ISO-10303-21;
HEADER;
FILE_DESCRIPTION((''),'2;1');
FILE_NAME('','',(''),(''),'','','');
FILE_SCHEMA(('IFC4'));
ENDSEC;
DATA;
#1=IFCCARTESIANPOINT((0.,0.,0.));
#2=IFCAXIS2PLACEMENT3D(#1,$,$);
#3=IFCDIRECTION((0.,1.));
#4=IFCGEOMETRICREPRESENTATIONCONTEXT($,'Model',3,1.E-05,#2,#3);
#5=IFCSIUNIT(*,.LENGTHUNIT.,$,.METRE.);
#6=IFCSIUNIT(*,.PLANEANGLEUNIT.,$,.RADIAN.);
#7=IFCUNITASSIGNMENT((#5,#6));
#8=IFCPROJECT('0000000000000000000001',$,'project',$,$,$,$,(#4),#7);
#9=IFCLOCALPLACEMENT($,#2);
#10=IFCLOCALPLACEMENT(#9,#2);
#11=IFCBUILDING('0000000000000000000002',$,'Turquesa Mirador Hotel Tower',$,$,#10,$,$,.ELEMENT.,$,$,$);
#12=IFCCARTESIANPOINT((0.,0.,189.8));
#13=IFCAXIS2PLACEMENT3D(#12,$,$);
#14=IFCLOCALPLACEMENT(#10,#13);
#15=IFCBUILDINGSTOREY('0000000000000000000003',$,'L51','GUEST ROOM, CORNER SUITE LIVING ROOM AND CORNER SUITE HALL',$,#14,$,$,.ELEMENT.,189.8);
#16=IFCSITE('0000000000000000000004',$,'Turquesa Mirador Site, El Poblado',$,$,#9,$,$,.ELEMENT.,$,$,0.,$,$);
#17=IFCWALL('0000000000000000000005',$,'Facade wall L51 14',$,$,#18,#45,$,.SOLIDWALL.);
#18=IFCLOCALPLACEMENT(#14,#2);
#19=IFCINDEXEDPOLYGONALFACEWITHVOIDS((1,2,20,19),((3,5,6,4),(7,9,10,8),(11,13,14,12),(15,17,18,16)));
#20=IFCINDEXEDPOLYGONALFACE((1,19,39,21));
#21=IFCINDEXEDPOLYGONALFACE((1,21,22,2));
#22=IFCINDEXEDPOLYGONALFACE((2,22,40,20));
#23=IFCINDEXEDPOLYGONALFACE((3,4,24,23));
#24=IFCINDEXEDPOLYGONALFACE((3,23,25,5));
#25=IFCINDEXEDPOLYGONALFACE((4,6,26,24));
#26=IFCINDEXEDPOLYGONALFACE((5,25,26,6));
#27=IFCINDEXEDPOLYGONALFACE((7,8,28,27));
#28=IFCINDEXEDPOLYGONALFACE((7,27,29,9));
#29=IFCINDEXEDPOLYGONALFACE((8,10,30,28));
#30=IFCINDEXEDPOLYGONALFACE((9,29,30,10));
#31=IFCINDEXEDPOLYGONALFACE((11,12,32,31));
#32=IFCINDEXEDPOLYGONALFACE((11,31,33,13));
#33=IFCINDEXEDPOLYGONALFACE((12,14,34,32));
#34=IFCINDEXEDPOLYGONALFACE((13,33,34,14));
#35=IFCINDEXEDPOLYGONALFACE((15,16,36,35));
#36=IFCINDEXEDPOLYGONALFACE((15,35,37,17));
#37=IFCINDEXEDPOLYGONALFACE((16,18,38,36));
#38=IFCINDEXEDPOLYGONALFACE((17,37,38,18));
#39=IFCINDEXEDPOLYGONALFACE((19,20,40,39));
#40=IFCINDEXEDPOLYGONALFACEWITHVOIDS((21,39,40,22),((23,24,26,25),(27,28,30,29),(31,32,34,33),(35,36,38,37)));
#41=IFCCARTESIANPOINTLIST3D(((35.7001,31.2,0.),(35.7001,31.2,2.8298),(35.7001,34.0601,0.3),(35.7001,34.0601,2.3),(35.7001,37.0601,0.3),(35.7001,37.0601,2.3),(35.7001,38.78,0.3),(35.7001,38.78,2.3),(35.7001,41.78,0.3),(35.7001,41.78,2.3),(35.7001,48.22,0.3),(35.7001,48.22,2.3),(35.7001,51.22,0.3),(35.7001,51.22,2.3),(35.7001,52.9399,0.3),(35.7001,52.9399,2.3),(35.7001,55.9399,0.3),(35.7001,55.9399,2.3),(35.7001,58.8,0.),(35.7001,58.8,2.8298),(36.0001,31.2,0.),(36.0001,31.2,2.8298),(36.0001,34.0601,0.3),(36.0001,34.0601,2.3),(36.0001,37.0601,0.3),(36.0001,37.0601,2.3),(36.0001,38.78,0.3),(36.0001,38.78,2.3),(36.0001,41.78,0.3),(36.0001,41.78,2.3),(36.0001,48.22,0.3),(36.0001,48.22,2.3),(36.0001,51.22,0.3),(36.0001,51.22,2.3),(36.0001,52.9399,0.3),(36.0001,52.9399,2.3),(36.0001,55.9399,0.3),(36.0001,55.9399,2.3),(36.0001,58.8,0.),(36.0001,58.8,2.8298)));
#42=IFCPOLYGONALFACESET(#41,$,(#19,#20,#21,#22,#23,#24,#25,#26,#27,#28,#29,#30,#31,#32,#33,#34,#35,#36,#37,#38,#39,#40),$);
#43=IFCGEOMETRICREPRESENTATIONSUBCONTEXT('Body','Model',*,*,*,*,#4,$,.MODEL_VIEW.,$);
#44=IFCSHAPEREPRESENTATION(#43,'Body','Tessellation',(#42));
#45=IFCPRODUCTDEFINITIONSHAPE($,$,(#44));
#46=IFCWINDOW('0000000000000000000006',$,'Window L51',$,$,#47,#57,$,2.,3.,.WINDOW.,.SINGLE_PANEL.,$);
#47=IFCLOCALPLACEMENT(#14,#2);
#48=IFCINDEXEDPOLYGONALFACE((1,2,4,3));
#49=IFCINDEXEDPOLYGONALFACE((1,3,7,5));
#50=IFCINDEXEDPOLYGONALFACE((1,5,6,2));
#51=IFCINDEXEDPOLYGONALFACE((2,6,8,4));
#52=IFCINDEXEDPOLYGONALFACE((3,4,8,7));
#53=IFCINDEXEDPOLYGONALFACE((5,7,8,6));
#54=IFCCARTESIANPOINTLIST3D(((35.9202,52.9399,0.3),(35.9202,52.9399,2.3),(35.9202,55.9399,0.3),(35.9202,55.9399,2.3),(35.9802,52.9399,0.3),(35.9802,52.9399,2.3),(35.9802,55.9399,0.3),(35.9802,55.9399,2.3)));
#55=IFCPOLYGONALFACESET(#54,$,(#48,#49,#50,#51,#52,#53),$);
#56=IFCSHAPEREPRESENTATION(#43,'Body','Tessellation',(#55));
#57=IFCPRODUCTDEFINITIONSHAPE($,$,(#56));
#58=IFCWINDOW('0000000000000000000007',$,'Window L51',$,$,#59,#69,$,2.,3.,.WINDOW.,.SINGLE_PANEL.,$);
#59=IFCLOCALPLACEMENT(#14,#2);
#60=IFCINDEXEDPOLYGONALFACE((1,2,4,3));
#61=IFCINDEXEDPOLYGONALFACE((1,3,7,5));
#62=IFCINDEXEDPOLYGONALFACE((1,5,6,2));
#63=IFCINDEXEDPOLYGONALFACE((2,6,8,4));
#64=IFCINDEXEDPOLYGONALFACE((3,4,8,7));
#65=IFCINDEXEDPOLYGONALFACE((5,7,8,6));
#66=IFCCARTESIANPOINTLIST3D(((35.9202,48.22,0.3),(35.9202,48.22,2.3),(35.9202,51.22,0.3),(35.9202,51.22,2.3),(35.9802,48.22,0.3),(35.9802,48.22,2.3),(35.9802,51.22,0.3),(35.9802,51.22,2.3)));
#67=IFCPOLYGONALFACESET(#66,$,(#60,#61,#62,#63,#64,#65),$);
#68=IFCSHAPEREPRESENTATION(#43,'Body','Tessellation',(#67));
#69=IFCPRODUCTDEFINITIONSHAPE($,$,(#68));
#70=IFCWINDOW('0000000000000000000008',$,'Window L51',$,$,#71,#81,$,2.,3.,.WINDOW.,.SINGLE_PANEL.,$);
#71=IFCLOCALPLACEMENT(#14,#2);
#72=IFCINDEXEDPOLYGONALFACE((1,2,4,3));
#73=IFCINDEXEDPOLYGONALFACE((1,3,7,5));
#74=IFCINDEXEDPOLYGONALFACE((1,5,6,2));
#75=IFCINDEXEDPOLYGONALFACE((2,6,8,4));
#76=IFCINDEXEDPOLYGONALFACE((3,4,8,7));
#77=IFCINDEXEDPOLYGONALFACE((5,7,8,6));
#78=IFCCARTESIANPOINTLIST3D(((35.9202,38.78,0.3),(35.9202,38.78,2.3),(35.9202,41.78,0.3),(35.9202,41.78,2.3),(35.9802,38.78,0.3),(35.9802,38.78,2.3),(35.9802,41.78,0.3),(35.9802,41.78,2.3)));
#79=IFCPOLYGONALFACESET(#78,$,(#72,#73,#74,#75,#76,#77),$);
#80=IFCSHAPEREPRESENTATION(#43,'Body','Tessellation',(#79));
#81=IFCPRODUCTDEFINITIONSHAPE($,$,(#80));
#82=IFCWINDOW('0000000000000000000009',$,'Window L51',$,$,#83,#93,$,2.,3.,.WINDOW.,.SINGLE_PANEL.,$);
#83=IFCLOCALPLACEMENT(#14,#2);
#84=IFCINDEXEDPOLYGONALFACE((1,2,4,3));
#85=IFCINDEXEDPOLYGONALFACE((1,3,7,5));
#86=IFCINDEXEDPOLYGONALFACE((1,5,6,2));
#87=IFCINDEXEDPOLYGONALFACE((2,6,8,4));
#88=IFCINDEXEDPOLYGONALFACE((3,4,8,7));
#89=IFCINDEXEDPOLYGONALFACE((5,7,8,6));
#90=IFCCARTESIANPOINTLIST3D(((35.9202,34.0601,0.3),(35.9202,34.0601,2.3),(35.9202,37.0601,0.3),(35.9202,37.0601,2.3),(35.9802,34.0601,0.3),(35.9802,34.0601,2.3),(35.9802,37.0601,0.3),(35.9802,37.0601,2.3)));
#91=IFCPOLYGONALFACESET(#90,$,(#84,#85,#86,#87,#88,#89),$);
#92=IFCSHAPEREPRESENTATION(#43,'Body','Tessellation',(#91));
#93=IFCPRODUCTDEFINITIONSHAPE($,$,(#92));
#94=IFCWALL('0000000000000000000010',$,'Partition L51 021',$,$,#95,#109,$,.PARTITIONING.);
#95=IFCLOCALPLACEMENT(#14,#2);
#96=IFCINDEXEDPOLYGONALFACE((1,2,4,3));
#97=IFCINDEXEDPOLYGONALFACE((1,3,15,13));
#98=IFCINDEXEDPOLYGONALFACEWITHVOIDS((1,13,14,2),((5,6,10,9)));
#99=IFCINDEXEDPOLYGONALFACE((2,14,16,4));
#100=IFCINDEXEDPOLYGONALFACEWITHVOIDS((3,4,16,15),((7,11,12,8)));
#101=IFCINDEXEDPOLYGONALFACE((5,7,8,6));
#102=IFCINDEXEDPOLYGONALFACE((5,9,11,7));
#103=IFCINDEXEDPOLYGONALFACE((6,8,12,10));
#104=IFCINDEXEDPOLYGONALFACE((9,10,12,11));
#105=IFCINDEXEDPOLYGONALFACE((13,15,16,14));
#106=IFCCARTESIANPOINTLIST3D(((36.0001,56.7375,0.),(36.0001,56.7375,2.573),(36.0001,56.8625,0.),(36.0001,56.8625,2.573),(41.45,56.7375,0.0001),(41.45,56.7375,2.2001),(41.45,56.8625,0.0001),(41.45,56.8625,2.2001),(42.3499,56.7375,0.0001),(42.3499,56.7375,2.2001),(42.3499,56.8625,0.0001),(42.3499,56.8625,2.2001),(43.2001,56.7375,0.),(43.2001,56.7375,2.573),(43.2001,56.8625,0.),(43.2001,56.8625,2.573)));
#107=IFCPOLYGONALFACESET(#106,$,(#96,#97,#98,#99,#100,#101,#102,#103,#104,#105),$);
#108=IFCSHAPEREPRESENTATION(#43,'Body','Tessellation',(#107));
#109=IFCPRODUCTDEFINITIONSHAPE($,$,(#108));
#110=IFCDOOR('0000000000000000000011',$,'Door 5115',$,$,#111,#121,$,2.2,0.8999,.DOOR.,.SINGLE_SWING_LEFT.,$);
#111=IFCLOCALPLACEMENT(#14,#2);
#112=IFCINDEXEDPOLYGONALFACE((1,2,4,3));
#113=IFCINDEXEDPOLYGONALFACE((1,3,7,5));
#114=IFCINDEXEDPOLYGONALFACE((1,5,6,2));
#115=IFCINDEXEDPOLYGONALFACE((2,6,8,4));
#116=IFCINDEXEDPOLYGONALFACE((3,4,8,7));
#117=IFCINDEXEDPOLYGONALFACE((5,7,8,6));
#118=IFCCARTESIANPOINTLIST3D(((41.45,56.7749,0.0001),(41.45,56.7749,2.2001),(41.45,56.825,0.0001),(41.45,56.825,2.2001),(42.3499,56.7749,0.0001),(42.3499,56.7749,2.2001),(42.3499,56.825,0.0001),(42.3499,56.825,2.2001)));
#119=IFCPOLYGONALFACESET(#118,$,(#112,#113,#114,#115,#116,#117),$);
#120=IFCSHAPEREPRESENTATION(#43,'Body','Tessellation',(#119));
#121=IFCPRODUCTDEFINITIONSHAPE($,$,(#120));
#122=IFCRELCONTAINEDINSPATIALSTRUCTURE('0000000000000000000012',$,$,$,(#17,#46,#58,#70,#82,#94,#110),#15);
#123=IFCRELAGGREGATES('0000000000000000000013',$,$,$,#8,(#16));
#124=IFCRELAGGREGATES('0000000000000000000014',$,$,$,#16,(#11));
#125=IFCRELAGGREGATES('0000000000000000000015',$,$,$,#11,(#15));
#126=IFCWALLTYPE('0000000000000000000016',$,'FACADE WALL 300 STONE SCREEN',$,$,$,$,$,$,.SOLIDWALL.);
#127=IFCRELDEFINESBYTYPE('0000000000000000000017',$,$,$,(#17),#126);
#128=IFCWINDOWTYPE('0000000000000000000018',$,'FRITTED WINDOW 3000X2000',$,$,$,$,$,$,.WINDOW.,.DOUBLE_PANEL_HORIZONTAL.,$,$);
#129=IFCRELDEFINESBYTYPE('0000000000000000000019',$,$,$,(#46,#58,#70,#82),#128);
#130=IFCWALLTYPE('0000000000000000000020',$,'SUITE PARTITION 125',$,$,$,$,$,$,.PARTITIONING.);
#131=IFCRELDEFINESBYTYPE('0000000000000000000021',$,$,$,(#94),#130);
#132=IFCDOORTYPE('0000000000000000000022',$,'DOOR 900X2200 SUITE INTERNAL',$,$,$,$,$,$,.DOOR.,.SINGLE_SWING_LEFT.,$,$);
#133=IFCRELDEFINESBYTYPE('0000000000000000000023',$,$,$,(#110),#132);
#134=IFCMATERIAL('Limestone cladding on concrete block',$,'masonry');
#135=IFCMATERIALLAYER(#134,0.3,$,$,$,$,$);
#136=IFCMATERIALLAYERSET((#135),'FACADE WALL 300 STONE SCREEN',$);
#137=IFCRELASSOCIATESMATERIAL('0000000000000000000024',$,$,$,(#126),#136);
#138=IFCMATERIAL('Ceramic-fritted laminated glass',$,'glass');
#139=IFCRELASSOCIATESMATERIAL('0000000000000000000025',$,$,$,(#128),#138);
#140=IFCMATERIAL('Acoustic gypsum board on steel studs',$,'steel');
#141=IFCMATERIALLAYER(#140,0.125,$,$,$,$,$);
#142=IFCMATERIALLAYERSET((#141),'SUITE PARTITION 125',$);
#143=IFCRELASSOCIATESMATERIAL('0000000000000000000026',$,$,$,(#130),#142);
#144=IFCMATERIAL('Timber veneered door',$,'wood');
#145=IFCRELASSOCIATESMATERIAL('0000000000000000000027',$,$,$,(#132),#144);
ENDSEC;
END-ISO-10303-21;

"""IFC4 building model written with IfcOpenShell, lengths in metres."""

from ifc_helpers import new_model, si_unit, direction, frame, frame_2d, origin, place, context, subcontext, project, spatial, rectangle, extrude, material, layer, layer_set, type_object, element, fill, save


model = new_model("IFC4")

# Units and contexts
model_context = context("Model", 3, precision=1e-05, world=origin(), true_north=direction((0.0, 1.0)))
body_context = subcontext(model_context, "Body", "Model", "MODEL_VIEW")
ifc_project = project(units=[si_unit("LENGTHUNIT", "METRE"), si_unit("PLANEANGLEUNIT", "RADIAN")], contexts=[model_context])

# Site, building, storey
site_placement = place(None, origin())
site = spatial("IfcSite", under=ifc_project, at=site_placement, Name="Turquesa Mirador Site, El Poblado", CompositionType="ELEMENT", RefElevation=0.0)
building_placement = place(site_placement, origin())
building = spatial("IfcBuilding", under=site, at=building_placement, Name="Turquesa Mirador Hotel Tower", CompositionType="ELEMENT")
storey_placement = place(building_placement, frame((0.0, 0.0, 189.8)))
storey = spatial("IfcBuildingStorey", under=building, at=storey_placement, Name="L51", Description="GUEST ROOM, CORNER SUITE LIVING ROOM AND CORNER SUITE HALL", CompositionType="ELEMENT", Elevation=189.8)

# Wall, openings, windows
ifc_material_1 = material(Name="Limestone cladding on concrete block", Category="masonry")
ifc_layer_1 = layer(ifc_material_1, 0.3)
ifc_layer_set_1 = layer_set([ifc_layer_1], Name="FACADE WALL 300 STONE SCREEN")
wall_type_1 = type_object("IfcWallType", Name="FACADE WALL 300 STONE SCREEN", PredefinedType="SOLIDWALL", material=ifc_layer_set_1)
wall_1_placement = place(storey_placement, frame((35.8501, 58.8, 0.0), z_axis=(0.0, 0.0, 1.0), x_axis=(0.0, -1.0, 0.0)))
wall_1 = element("IfcWall", 1, at=wall_1_placement, inside=storey, type_object=wall_type_1, Name="Facade wall L51 14", PredefinedType="SOLIDWALL", context=body_context, shape_type="SweptSolid", body=[
    extrude(rectangle(XDim=27.6001, YDim=0.3, at=frame_2d((13.8, 0.0))), origin(), (0.0, 0.0, 1.0), 2.8298),
])
opening_1_placement = place(wall_1_placement, frame((2.8601, 0.0, 0.3)))
opening_1 = element("IfcOpeningElement", 2, at=opening_1_placement, cuts=wall_1, PredefinedType="OPENING", context=body_context, shape_type="SweptSolid", body=[
    extrude(rectangle(XDim=3.0, YDim=2.0, at=frame_2d((1.5, 1.0))), frame((0.0, 0.1599, 0.0), z_axis=(0.0, -1.0, 0.0), x_axis=(1.0, 0.0, 0.0)), (0.0, 0.0, 1.0), 0.3201),
])
opening_2_placement = place(wall_1_placement, frame((7.5801, 0.0, 0.3)))
opening_2 = element("IfcOpeningElement", 3, at=opening_2_placement, cuts=wall_1, PredefinedType="OPENING", context=body_context, shape_type="SweptSolid", body=[
    extrude(rectangle(XDim=3.0, YDim=2.0, at=frame_2d((1.5, 1.0))), frame((0.0, 0.1599, 0.0), z_axis=(0.0, -1.0, 0.0), x_axis=(1.0, 0.0, 0.0)), (0.0, 0.0, 1.0), 0.3201),
])
opening_3_placement = place(wall_1_placement, frame((17.02, 0.0, 0.3)))
opening_3 = element("IfcOpeningElement", 4, at=opening_3_placement, cuts=wall_1, PredefinedType="OPENING", context=body_context, shape_type="SweptSolid", body=[
    extrude(rectangle(XDim=3.0, YDim=2.0, at=frame_2d((1.5, 1.0))), frame((0.0, 0.1599, 0.0), z_axis=(0.0, -1.0, 0.0), x_axis=(1.0, 0.0, 0.0)), (0.0, 0.0, 1.0), 0.3201),
])
opening_4_placement = place(wall_1_placement, frame((21.74, 0.0, 0.3)))
opening_4 = element("IfcOpeningElement", 5, at=opening_4_placement, cuts=wall_1, PredefinedType="OPENING", context=body_context, shape_type="SweptSolid", body=[
    extrude(rectangle(XDim=3.0, YDim=2.0, at=frame_2d((1.5, 1.0))), frame((0.0, 0.1599, 0.0), z_axis=(0.0, -1.0, 0.0), x_axis=(1.0, 0.0, 0.0)), (0.0, 0.0, 1.0), 0.3201),
])
ifc_material_2 = material(Name="Ceramic-fritted laminated glass", Category="glass")
window_type = type_object("IfcWindowType", Name="FRITTED WINDOW 3000X2000", PartitioningType="DOUBLE_PANEL_HORIZONTAL", PredefinedType="WINDOW", material=ifc_material_2)
window_1_placement = place(opening_1_placement, origin())
window_1 = element("IfcWindow", 6, at=window_1_placement, inside=storey, type_object=window_type, Name="Window L51", OverallHeight=2.0, OverallWidth=3.0, PartitioningType="SINGLE_PANEL", PredefinedType="WINDOW", context=body_context, shape_type="SweptSolid", body=[
    extrude(rectangle(XDim=3.0, YDim=2.0, at=frame_2d((1.5, 1.0))), frame((0.0, 0.1301, 0.0), z_axis=(0.0, -1.0, 0.0), x_axis=(1.0, 0.0, 0.0)), (0.0, 0.0, 1.0), 0.0601),
])
fill(opening_1, window_1)
window_2_placement = place(opening_2_placement, origin())
window_2 = element("IfcWindow", 7, at=window_2_placement, inside=storey, type_object=window_type, Name="Window L51", OverallHeight=2.0, OverallWidth=3.0, PartitioningType="SINGLE_PANEL", PredefinedType="WINDOW", context=body_context, shape_type="SweptSolid", body=[
    extrude(rectangle(XDim=3.0, YDim=2.0, at=frame_2d((1.5, 1.0))), frame((0.0, 0.1301, 0.0), z_axis=(0.0, -1.0, 0.0), x_axis=(1.0, 0.0, 0.0)), (0.0, 0.0, 1.0), 0.0601),
])
fill(opening_2, window_2)
window_3_placement = place(opening_3_placement, origin())
window_3 = element("IfcWindow", 8, at=window_3_placement, inside=storey, type_object=window_type, Name="Window L51", OverallHeight=2.0, OverallWidth=3.0, PartitioningType="SINGLE_PANEL", PredefinedType="WINDOW", context=body_context, shape_type="SweptSolid", body=[
    extrude(rectangle(XDim=3.0, YDim=2.0, at=frame_2d((1.5, 1.0))), frame((0.0, 0.1301, 0.0), z_axis=(0.0, -1.0, 0.0), x_axis=(1.0, 0.0, 0.0)), (0.0, 0.0, 1.0), 0.0601),
])
fill(opening_3, window_3)
window_4_placement = place(opening_4_placement, origin())
window_4 = element("IfcWindow", 9, at=window_4_placement, inside=storey, type_object=window_type, Name="Window L51", OverallHeight=2.0, OverallWidth=3.0, PartitioningType="SINGLE_PANEL", PredefinedType="WINDOW", context=body_context, shape_type="SweptSolid", body=[
    extrude(rectangle(XDim=3.0, YDim=2.0, at=frame_2d((1.5, 1.0))), frame((0.0, 0.1301, 0.0), z_axis=(0.0, -1.0, 0.0), x_axis=(1.0, 0.0, 0.0)), (0.0, 0.0, 1.0), 0.0601),
])
fill(opening_4, window_4)

# Wall, opening, door
ifc_material_3 = material(Name="Acoustic gypsum board on steel studs", Category="steel")
ifc_layer_2 = layer(ifc_material_3, 0.125)
ifc_layer_set_2 = layer_set([ifc_layer_2], Name="SUITE PARTITION 125")
wall_type_2 = type_object("IfcWallType", Name="SUITE PARTITION 125", PredefinedType="PARTITIONING", material=ifc_layer_set_2)
wall_2_placement = place(storey_placement, frame((36.0, 56.8, 0.0), z_axis=(0.0, 0.0, 1.0), x_axis=(1.0, 0.0, 0.0)))
wall_2 = element("IfcWall", 10, at=wall_2_placement, inside=storey, type_object=wall_type_2, Name="Partition L51 021", PredefinedType="PARTITIONING", context=body_context, shape_type="SweptSolid", body=[
    extrude(rectangle(XDim=7.2, YDim=0.125, at=frame_2d((3.6001, 0.0))), origin(), (0.0, 0.0, 1.0), 2.573),
])
opening_5_placement = place(wall_2_placement, frame((5.45, 0.0, 0.0)))
opening_5 = element("IfcOpeningElement", 11, at=opening_5_placement, cuts=wall_2, PredefinedType="OPENING", context=body_context, shape_type="SweptSolid", body=[
    extrude(rectangle(XDim=0.8999, YDim=2.2, at=frame_2d((0.45, 1.1001))), frame((0.0, 0.0725, 0.0), z_axis=(0.0, -1.0, 0.0), x_axis=(1.0, 0.0, 0.0)), (0.0, 0.0, 1.0), 0.145),
])
ifc_material_4 = material(Name="Timber veneered door", Category="wood")
door_type = type_object("IfcDoorType", Name="DOOR 900X2200 SUITE INTERNAL", OperationType="SINGLE_SWING_LEFT", PredefinedType="DOOR", material=ifc_material_4)
door_placement = place(opening_5_placement, origin())
door = element("IfcDoor", 12, at=door_placement, inside=storey, type_object=door_type, Name="Door 5115", OperationType="SINGLE_SWING_LEFT", OverallHeight=2.2, OverallWidth=0.8999, PredefinedType="DOOR", context=body_context, shape_type="SweptSolid", body=[
    extrude(rectangle(XDim=0.8999, YDim=2.2, at=frame_2d((0.45, 1.1001))), frame((0.0, 0.0249, 0.0), z_axis=(0.0, -1.0, 0.0), x_axis=(1.0, 0.0, 0.0)), (0.0, 0.0, 1.0), 0.05),
])
fill(opening_5, door)

save(model, "model.ifc")
